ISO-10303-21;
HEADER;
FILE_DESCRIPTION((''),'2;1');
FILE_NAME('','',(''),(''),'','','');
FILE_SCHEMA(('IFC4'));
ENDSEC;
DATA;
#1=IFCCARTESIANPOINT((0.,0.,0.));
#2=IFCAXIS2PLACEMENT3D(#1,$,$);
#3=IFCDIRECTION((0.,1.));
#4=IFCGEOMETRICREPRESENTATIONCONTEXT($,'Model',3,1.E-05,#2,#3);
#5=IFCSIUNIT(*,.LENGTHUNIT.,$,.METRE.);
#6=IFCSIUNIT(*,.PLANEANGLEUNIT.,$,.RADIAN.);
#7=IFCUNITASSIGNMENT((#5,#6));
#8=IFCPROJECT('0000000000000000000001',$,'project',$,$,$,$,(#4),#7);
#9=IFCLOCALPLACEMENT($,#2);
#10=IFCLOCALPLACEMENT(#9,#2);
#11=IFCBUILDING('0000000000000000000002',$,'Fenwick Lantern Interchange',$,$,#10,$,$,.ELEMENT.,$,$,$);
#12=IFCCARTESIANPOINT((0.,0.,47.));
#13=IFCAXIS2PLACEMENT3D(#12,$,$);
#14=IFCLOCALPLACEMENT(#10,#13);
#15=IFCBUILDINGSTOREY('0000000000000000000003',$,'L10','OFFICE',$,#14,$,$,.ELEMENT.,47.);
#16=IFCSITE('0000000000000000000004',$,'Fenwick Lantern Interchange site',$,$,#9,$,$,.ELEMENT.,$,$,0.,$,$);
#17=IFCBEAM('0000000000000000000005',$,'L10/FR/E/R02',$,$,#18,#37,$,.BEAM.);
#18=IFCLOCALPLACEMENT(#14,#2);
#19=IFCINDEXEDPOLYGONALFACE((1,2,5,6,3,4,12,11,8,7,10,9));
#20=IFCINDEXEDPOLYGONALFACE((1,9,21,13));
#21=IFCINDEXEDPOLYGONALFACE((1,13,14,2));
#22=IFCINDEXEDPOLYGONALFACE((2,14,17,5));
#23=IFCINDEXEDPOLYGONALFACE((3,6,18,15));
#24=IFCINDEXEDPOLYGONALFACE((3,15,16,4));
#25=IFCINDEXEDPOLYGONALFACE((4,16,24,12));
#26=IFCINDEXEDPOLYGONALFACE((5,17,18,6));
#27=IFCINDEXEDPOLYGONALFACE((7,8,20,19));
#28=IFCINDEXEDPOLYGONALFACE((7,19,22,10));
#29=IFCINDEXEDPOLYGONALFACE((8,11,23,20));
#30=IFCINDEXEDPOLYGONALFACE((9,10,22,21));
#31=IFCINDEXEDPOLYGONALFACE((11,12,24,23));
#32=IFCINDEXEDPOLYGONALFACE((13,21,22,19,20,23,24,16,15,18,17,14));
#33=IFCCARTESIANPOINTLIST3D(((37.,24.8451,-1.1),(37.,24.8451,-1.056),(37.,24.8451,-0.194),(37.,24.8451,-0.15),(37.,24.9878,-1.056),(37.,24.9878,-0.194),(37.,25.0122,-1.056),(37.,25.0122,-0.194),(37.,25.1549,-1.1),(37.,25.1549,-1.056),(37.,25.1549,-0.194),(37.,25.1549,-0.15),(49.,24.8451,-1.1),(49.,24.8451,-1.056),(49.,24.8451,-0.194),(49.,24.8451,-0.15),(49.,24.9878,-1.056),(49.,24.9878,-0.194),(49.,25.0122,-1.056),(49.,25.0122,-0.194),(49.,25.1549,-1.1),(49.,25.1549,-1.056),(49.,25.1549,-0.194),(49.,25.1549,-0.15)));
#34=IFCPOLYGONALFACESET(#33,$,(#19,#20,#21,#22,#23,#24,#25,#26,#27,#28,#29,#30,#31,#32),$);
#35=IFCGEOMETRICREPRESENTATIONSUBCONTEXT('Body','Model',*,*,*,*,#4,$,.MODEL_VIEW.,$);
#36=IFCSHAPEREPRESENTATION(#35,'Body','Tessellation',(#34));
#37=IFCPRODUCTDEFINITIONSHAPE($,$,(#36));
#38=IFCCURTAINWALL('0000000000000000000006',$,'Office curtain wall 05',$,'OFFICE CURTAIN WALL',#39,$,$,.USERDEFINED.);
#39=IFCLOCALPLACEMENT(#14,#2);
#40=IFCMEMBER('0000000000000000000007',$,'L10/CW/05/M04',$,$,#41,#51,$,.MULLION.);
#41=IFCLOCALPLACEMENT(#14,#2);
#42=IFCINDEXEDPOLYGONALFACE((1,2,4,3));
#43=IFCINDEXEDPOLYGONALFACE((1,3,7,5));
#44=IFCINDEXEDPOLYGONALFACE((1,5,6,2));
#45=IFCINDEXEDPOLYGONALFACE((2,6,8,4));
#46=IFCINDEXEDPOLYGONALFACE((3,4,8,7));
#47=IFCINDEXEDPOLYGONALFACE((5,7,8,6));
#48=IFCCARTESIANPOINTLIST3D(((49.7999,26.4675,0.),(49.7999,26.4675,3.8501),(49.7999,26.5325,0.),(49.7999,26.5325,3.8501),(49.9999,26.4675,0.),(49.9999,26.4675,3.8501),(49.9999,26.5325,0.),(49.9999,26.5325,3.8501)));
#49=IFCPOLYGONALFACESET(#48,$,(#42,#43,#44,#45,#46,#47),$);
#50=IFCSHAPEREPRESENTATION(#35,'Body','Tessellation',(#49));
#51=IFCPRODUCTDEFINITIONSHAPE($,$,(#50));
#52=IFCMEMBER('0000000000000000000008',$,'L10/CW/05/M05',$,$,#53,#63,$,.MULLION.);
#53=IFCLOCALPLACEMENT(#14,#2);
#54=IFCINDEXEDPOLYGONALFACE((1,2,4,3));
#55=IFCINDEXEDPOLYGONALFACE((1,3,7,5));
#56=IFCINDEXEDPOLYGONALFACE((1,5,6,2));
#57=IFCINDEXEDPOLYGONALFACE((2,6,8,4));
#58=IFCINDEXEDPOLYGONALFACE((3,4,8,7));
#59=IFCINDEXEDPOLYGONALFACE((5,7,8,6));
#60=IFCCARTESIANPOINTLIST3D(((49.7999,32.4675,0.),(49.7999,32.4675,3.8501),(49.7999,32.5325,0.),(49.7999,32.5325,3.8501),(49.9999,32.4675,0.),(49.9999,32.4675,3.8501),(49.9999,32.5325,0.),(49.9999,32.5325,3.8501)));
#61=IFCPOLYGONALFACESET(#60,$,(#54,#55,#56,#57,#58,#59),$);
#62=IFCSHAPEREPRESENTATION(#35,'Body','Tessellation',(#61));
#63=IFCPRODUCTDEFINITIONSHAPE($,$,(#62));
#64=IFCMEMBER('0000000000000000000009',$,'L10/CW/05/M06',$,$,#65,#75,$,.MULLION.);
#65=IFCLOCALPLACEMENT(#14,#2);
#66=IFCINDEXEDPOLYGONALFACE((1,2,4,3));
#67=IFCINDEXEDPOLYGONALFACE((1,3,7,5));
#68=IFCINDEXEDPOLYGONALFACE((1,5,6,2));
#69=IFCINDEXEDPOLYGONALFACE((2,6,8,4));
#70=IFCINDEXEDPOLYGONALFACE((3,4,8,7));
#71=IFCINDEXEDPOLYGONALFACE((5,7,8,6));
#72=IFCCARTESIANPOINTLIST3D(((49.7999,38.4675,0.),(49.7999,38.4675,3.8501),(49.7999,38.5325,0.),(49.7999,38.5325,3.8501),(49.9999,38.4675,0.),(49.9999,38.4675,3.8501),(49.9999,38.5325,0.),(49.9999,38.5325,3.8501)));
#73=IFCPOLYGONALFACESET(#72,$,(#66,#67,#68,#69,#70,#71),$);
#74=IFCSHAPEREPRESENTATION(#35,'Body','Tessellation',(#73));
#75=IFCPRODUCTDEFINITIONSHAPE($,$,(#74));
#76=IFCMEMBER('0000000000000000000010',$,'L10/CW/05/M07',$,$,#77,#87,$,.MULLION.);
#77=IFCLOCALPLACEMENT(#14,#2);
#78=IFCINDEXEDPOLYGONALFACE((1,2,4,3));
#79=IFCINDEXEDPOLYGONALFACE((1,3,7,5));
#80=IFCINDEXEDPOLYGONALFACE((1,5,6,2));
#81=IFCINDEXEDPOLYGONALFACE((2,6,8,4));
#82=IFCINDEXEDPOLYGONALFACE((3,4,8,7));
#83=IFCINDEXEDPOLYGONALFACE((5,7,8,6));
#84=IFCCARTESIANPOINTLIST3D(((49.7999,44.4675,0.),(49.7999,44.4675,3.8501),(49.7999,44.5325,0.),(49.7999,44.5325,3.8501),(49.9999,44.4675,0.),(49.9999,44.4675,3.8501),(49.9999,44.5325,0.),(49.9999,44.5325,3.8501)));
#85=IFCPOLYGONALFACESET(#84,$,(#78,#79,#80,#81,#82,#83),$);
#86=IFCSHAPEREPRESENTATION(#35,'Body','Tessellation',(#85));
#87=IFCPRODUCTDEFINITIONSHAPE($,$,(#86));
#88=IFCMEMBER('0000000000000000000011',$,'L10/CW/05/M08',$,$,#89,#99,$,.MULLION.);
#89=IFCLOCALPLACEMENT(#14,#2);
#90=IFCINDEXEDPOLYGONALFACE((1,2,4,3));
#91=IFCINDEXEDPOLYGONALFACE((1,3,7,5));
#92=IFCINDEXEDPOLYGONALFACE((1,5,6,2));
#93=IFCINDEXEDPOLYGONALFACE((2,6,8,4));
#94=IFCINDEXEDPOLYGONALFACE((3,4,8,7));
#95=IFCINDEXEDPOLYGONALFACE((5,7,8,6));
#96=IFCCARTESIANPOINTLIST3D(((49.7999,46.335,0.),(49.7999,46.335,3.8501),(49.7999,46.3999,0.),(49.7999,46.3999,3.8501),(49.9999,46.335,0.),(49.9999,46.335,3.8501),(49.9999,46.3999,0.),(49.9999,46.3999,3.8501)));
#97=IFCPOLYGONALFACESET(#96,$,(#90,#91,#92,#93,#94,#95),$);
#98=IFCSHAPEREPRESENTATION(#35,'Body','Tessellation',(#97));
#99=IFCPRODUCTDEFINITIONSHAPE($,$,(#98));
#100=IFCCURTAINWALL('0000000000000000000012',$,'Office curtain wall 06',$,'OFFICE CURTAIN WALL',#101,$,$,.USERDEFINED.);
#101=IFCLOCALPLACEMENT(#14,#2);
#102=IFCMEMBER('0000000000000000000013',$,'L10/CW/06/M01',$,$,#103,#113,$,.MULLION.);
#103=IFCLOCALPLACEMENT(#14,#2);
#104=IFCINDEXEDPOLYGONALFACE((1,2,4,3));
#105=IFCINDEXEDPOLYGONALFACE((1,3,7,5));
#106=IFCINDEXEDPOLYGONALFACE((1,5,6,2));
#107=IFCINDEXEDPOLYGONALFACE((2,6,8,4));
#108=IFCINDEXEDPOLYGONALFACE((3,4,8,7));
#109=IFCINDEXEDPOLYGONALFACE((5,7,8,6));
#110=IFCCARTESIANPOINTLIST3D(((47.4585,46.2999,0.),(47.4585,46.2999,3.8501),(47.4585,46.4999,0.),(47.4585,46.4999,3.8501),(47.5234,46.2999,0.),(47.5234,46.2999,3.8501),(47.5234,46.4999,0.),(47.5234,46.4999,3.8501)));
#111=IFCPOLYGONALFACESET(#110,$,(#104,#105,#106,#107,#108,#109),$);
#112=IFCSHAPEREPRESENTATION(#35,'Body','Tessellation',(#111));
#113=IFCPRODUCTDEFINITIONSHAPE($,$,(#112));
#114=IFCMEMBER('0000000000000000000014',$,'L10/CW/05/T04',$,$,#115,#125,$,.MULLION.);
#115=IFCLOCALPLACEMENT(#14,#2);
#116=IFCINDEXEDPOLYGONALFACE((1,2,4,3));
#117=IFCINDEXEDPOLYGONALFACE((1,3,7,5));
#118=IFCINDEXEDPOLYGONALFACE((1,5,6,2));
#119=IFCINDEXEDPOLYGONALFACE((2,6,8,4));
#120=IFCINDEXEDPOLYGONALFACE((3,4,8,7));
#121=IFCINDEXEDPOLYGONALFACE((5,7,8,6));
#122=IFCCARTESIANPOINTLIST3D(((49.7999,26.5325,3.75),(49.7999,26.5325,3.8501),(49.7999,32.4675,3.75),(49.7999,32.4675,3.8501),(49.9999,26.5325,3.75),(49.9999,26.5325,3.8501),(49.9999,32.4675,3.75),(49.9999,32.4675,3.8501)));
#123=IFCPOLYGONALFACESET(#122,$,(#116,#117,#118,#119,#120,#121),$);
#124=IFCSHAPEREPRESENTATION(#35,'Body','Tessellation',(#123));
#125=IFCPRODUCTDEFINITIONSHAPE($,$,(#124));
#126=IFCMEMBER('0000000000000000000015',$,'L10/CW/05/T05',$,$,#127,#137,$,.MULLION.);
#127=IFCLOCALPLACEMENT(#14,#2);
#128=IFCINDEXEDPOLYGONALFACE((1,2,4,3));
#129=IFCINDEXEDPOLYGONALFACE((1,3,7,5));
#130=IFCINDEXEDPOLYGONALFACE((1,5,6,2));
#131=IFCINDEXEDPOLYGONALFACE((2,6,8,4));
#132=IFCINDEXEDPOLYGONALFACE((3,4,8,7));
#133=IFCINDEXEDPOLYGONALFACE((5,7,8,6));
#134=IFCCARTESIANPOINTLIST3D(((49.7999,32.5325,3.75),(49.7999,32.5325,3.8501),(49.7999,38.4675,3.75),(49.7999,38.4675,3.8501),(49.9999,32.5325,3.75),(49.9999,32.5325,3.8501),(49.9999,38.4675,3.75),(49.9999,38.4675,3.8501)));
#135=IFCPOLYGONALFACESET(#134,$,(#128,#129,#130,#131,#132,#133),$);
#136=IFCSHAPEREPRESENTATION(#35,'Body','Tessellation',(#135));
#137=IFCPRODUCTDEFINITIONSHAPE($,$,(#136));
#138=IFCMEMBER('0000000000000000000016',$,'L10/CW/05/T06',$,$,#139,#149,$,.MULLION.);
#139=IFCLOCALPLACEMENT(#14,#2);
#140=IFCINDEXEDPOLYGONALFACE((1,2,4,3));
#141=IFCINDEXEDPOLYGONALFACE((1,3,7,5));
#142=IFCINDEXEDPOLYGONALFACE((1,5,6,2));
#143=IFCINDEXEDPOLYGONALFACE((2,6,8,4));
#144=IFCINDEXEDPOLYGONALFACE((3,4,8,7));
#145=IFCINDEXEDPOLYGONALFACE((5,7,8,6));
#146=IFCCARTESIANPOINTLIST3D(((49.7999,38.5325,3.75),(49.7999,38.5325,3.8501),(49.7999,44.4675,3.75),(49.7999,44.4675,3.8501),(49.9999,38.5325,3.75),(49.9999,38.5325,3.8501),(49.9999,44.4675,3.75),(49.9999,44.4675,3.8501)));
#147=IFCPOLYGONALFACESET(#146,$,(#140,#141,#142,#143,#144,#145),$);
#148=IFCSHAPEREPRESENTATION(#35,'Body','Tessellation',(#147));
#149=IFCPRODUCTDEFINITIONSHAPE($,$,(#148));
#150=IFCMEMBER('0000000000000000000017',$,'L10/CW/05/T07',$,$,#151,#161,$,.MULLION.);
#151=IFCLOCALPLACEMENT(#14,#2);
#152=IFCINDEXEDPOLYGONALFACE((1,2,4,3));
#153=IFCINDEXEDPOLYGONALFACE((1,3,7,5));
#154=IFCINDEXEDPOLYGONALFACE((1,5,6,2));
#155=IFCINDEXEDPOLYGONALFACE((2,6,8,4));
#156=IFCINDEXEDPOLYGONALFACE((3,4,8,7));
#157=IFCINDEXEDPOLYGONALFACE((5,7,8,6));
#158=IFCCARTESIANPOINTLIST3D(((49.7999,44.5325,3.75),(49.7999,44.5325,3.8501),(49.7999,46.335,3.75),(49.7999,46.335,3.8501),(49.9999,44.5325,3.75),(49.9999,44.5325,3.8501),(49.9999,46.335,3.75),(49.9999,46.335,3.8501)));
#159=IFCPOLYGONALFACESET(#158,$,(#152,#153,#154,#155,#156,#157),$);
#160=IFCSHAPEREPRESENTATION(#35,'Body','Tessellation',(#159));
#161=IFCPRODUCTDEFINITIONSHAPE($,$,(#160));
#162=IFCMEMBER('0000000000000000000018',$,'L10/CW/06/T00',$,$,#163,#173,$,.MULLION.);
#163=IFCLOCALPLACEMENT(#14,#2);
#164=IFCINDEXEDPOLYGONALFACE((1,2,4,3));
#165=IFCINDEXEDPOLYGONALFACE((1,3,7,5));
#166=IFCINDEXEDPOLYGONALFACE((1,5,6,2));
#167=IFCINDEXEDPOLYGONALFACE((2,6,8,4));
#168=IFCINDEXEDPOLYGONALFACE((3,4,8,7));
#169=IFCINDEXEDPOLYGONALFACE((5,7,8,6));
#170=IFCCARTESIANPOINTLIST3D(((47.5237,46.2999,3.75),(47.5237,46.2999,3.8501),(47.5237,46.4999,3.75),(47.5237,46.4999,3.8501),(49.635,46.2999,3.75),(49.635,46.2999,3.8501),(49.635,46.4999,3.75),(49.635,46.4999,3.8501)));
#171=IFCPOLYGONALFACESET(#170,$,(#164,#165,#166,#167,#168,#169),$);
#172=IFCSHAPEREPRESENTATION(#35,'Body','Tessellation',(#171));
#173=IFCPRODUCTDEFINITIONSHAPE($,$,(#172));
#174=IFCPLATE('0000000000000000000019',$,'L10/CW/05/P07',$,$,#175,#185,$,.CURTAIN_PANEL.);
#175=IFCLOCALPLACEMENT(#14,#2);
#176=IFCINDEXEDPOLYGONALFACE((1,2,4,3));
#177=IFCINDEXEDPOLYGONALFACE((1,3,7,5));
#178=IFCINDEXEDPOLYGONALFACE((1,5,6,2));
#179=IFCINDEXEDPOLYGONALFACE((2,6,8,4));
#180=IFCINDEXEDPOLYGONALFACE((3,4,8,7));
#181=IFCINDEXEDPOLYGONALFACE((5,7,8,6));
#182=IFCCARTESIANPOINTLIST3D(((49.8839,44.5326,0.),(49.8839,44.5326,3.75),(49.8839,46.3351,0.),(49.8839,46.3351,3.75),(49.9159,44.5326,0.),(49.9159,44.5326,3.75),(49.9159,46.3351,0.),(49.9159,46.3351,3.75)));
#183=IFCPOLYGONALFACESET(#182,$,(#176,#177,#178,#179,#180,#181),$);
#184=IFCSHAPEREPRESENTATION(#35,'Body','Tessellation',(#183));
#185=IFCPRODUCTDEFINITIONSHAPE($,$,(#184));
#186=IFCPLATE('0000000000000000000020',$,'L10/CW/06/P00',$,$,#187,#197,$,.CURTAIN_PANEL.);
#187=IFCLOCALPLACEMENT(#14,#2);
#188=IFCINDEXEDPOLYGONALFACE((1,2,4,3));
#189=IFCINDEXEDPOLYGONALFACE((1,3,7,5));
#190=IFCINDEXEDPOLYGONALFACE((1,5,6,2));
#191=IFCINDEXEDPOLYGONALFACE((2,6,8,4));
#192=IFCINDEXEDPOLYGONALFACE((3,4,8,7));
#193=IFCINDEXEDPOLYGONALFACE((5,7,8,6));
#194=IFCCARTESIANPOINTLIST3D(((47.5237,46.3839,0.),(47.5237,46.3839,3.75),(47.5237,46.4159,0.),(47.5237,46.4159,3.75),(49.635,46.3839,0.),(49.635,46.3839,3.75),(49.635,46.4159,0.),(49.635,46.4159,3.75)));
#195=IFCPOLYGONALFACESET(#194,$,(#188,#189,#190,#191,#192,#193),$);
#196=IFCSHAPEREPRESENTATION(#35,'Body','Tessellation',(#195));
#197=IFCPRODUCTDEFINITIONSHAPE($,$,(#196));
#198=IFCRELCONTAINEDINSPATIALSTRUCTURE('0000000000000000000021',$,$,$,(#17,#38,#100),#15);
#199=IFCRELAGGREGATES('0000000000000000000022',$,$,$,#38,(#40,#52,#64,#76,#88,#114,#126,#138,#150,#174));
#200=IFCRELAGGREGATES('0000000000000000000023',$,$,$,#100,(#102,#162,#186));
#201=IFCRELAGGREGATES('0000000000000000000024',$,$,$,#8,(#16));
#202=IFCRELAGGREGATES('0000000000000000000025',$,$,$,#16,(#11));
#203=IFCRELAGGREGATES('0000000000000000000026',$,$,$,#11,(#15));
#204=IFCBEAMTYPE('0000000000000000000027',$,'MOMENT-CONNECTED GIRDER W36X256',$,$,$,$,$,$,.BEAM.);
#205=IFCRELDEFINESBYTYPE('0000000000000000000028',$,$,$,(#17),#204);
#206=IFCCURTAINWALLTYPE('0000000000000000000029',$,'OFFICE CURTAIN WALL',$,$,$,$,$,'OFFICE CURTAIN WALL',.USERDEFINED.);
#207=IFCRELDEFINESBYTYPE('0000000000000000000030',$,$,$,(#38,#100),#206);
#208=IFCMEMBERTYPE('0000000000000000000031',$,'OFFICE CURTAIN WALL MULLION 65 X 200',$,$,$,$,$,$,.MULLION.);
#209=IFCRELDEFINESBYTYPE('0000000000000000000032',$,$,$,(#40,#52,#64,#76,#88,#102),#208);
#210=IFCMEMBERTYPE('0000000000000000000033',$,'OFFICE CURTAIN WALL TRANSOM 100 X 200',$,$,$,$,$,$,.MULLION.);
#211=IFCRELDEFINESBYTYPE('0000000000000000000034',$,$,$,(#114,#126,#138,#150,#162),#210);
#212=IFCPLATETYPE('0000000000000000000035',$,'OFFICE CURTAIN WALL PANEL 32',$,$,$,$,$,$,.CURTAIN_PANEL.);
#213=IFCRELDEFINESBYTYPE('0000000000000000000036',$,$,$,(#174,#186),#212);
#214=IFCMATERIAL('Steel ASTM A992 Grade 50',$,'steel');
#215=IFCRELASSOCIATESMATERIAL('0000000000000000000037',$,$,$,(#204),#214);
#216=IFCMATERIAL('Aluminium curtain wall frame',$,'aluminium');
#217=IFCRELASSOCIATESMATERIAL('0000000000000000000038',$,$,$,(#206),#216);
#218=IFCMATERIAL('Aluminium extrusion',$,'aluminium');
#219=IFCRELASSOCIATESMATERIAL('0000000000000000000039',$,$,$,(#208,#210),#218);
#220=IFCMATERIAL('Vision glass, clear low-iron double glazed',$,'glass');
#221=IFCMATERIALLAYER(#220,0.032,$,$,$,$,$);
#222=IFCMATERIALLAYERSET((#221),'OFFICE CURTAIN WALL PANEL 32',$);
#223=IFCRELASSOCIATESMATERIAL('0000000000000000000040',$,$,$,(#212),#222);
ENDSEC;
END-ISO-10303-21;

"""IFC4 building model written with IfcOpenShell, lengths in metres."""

from ifc_helpers import new_model, si_unit, direction, frame, origin, origin_2d, place, context, subcontext, project, spatial, rectangle, i_section, extrude, material, layer, layer_set, material_profile, profile_set, type_object, element, aggregate, save


model = new_model("IFC4")

# Units and contexts
model_context = context("Model", 3, precision=1e-05, world=origin(), true_north=direction((0.0, 1.0)))
body_context = subcontext(model_context, "Body", "Model", "MODEL_VIEW")
ifc_project = project(units=[si_unit("LENGTHUNIT", "METRE"), si_unit("PLANEANGLEUNIT", "RADIAN")], contexts=[model_context])

# Site, building, storey
site_placement = place(None, origin())
site = spatial("IfcSite", under=ifc_project, at=site_placement, Name="Fenwick Lantern Interchange site", CompositionType="ELEMENT", RefElevation=0.0)
building_placement = place(site_placement, origin())
building = spatial("IfcBuilding", under=site, at=building_placement, Name="Fenwick Lantern Interchange", CompositionType="ELEMENT")
storey_placement = place(building_placement, frame((0.0, 0.0, 47.0)))
storey = spatial("IfcBuildingStorey", under=building, at=storey_placement, Name="L10", Description="OFFICE", CompositionType="ELEMENT", Elevation=47.0)

# Beam
ifc_material_1 = material(Name="Steel ASTM A992 Grade 50", Category="steel")
ifc_material_profile_1 = material_profile(ifc_material_1, i_section(OverallWidth=0.3098, OverallDepth=0.95, WebThickness=0.0244, FlangeThickness=0.0439, at=origin_2d()), Name="W36X256")
ifc_profile_set_1 = profile_set([ifc_material_profile_1], Name="Steel ASTM A992 Grade 50")
beam_type_1 = type_object("IfcBeamType", Name="MOMENT-CONNECTED GIRDER W36X256", PredefinedType="BEAM", material=ifc_profile_set_1)
beam_1_placement = place(storey_placement, frame((49.0, 25.0, -0.625), z_axis=(-1.0, 0.0, 0.0), x_axis=(0.0, -1.0, 0.0)))
element("IfcBeam", 1, at=beam_1_placement, inside=storey, type_object=beam_type_1, Name="L10/FR/E/R02", PredefinedType="BEAM", context=body_context, shape_type="SweptSolid", body=[
    extrude(i_section(OverallWidth=0.3098, OverallDepth=0.95, WebThickness=0.0244, FlangeThickness=0.0439, at=origin_2d()), origin(), (0.0, 0.0, 1.0), 12.0),
])

# Curtain wall, members
ifc_material_2 = material(Name="Aluminium curtain wall frame", Category="aluminium")
curtain_wall_type = type_object("IfcCurtainWallType", Name="OFFICE CURTAIN WALL", ElementType="OFFICE CURTAIN WALL", PredefinedType="USERDEFINED", material=ifc_material_2)
curtain_wall_1_placement = place(storey_placement, origin())
curtain_wall_1 = element("IfcCurtainWall", 2, at=curtain_wall_1_placement, inside=storey, type_object=curtain_wall_type, Name="Office curtain wall 05", ObjectType="OFFICE CURTAIN WALL", PredefinedType="USERDEFINED")
ifc_material_3 = material(Name="Aluminium extrusion", Category="aluminium")
ifc_material_profile_2 = material_profile(ifc_material_3, rectangle(XDim=0.2, YDim=0.0649, at=origin_2d()), Name="OFFICE CURTAIN WALL MULLION 65 X 200")
ifc_profile_set_2 = profile_set([ifc_material_profile_2], Name="Aluminium extrusion")
member_type_1 = type_object("IfcMemberType", Name="OFFICE CURTAIN WALL MULLION 65 X 200", PredefinedType="MULLION", material=ifc_profile_set_2)
member_1_placement = place(storey_placement, frame((49.8999, 26.5, 0.0), z_axis=(0.0, 0.0, 1.0), x_axis=(-1.0, 0.0, 0.0)))
member_1 = element("IfcMember", 3, at=member_1_placement, type_object=member_type_1, Name="L10/CW/05/M04", PredefinedType="MULLION", context=body_context, shape_type="SweptSolid", body=[
    extrude(rectangle(XDim=0.2, YDim=0.0649, at=origin_2d()), origin(), (0.0, 0.0, 1.0), 3.8501),
])
member_2_placement = place(storey_placement, frame((49.8999, 32.5, 0.0), z_axis=(0.0, 0.0, 1.0), x_axis=(-1.0, 0.0, 0.0)))
member_2 = element("IfcMember", 4, at=member_2_placement, type_object=member_type_1, Name="L10/CW/05/M05", PredefinedType="MULLION", context=body_context, shape_type="SweptSolid", body=[
    extrude(rectangle(XDim=0.2, YDim=0.0649, at=origin_2d()), origin(), (0.0, 0.0, 1.0), 3.8501),
])
member_3_placement = place(storey_placement, frame((49.8999, 38.5, 0.0), z_axis=(0.0, 0.0, 1.0), x_axis=(-1.0, 0.0, 0.0)))
member_3 = element("IfcMember", 5, at=member_3_placement, type_object=member_type_1, Name="L10/CW/05/M06", PredefinedType="MULLION", context=body_context, shape_type="SweptSolid", body=[
    extrude(rectangle(XDim=0.2, YDim=0.0649, at=origin_2d()), origin(), (0.0, 0.0, 1.0), 3.8501),
])
member_4_placement = place(storey_placement, frame((49.8999, 44.5, 0.0), z_axis=(0.0, 0.0, 1.0), x_axis=(-1.0, 0.0, 0.0)))
member_4 = element("IfcMember", 6, at=member_4_placement, type_object=member_type_1, Name="L10/CW/05/M07", PredefinedType="MULLION", context=body_context, shape_type="SweptSolid", body=[
    extrude(rectangle(XDim=0.2, YDim=0.0649, at=origin_2d()), origin(), (0.0, 0.0, 1.0), 3.8501),
])
member_5_placement = place(storey_placement, frame((49.8999, 46.3674, 0.0), z_axis=(0.0, 0.0, 1.0), x_axis=(-1.0, 0.0, 0.0)))
member_5 = element("IfcMember", 7, at=member_5_placement, type_object=member_type_1, Name="L10/CW/05/M08", PredefinedType="MULLION", context=body_context, shape_type="SweptSolid", body=[
    extrude(rectangle(XDim=0.2, YDim=0.0649, at=origin_2d()), origin(), (0.0, 0.0, 1.0), 3.8501),
])

# Curtain wall, member
curtain_wall_2_placement = place(storey_placement, origin())
curtain_wall_2 = element("IfcCurtainWall", 8, at=curtain_wall_2_placement, inside=storey, type_object=curtain_wall_type, Name="Office curtain wall 06", ObjectType="OFFICE CURTAIN WALL", PredefinedType="USERDEFINED")
member_6_placement = place(storey_placement, frame((47.491, 46.3999, 0.0), z_axis=(0.0, 0.0, 1.0), x_axis=(0.0, -1.0, 0.0)))
member_6 = element("IfcMember", 9, at=member_6_placement, type_object=member_type_1, Name="L10/CW/06/M01", PredefinedType="MULLION", context=body_context, shape_type="SweptSolid", body=[
    extrude(rectangle(XDim=0.2, YDim=0.0649, at=origin_2d()), origin(), (0.0, 0.0, 1.0), 3.8501),
])

# Members
ifc_material_profile_3 = material_profile(ifc_material_3, rectangle(XDim=0.2, YDim=0.1001, at=origin_2d()), Name="OFFICE CURTAIN WALL TRANSOM 100 X 200")
ifc_profile_set_3 = profile_set([ifc_material_profile_3], Name="Aluminium extrusion")
member_type_2 = type_object("IfcMemberType", Name="OFFICE CURTAIN WALL TRANSOM 100 X 200", PredefinedType="MULLION", material=ifc_profile_set_3)
member_7_placement = place(storey_placement, frame((49.8999, 26.5325, 3.8), z_axis=(0.0, 1.0, 0.0), x_axis=(-1.0, 0.0, 0.0)))
member_7 = element("IfcMember", 10, at=member_7_placement, type_object=member_type_2, Name="L10/CW/05/T04", PredefinedType="MULLION", context=body_context, shape_type="SweptSolid", body=[
    extrude(rectangle(XDim=0.2, YDim=0.1001, at=origin_2d()), origin(), (0.0, 0.0, 1.0), 5.9351),
])
member_8_placement = place(storey_placement, frame((49.8999, 32.5325, 3.8), z_axis=(0.0, 1.0, 0.0), x_axis=(-1.0, 0.0, 0.0)))
member_8 = element("IfcMember", 11, at=member_8_placement, type_object=member_type_2, Name="L10/CW/05/T05", PredefinedType="MULLION", context=body_context, shape_type="SweptSolid", body=[
    extrude(rectangle(XDim=0.2, YDim=0.1001, at=origin_2d()), origin(), (0.0, 0.0, 1.0), 5.9351),
])
member_9_placement = place(storey_placement, frame((49.8999, 38.5325, 3.8), z_axis=(0.0, 1.0, 0.0), x_axis=(-1.0, 0.0, 0.0)))
member_9 = element("IfcMember", 12, at=member_9_placement, type_object=member_type_2, Name="L10/CW/05/T06", PredefinedType="MULLION", context=body_context, shape_type="SweptSolid", body=[
    extrude(rectangle(XDim=0.2, YDim=0.1001, at=origin_2d()), origin(), (0.0, 0.0, 1.0), 5.9351),
])
member_10_placement = place(storey_placement, frame((49.8999, 44.5325, 3.8), z_axis=(0.0, 1.0, 0.0), x_axis=(-1.0, 0.0, 0.0)))
member_10 = element("IfcMember", 13, at=member_10_placement, type_object=member_type_2, Name="L10/CW/05/T07", PredefinedType="MULLION", context=body_context, shape_type="SweptSolid", body=[
    extrude(rectangle(XDim=0.2, YDim=0.1001, at=origin_2d()), origin(), (0.0, 0.0, 1.0), 1.8025),
])
member_11_placement = place(storey_placement, frame((49.635, 46.3999, 3.8), z_axis=(-1.0, 0.0, 0.0), x_axis=(0.0, -1.0, 0.0)))
member_11 = element("IfcMember", 14, at=member_11_placement, type_object=member_type_2, Name="L10/CW/06/T00", PredefinedType="MULLION", context=body_context, shape_type="SweptSolid", body=[
    extrude(rectangle(XDim=0.2, YDim=0.1001, at=origin_2d()), origin(), (0.0, 0.0, 1.0), 2.1113),
])

# Plates
ifc_material_4 = material(Name="Vision glass, clear low-iron double glazed", Category="glass")
ifc_layer_1 = layer(ifc_material_4, 0.032)
ifc_layer_set_1 = layer_set([ifc_layer_1], Name="OFFICE CURTAIN WALL PANEL 32")
plate_type = type_object("IfcPlateType", Name="OFFICE CURTAIN WALL PANEL 32", PredefinedType="CURTAIN_PANEL", material=ifc_layer_set_1)
plate_1_placement = place(storey_placement, frame((49.8999, 45.4338, 0.0), z_axis=(0.0, 0.0, 1.0), x_axis=(0.0, 1.0, 0.0)))
plate_1 = element("IfcPlate", 15, at=plate_1_placement, type_object=plate_type, Name="L10/CW/05/P07", PredefinedType="CURTAIN_PANEL", context=body_context, shape_type="SweptSolid", body=[
    extrude(rectangle(XDim=1.8025, YDim=0.032, at=origin_2d()), origin(), (0.0, 0.0, 1.0), 3.75),
])
aggregate(curtain_wall_1, [member_1, member_2, member_3, member_4, member_5, member_7, member_8, member_9, member_10, plate_1])
plate_2_placement = place(storey_placement, frame((48.5793, 46.3999, 0.0), z_axis=(0.0, 0.0, 1.0), x_axis=(-1.0, 0.0, 0.0)))
plate_2 = element("IfcPlate", 16, at=plate_2_placement, type_object=plate_type, Name="L10/CW/06/P00", PredefinedType="CURTAIN_PANEL", context=body_context, shape_type="SweptSolid", body=[
    extrude(rectangle(XDim=2.1113, YDim=0.032, at=origin_2d()), origin(), (0.0, 0.0, 1.0), 3.75),
])
aggregate(curtain_wall_2, [member_6, member_11, plate_2])

save(model, "model.ifc")
